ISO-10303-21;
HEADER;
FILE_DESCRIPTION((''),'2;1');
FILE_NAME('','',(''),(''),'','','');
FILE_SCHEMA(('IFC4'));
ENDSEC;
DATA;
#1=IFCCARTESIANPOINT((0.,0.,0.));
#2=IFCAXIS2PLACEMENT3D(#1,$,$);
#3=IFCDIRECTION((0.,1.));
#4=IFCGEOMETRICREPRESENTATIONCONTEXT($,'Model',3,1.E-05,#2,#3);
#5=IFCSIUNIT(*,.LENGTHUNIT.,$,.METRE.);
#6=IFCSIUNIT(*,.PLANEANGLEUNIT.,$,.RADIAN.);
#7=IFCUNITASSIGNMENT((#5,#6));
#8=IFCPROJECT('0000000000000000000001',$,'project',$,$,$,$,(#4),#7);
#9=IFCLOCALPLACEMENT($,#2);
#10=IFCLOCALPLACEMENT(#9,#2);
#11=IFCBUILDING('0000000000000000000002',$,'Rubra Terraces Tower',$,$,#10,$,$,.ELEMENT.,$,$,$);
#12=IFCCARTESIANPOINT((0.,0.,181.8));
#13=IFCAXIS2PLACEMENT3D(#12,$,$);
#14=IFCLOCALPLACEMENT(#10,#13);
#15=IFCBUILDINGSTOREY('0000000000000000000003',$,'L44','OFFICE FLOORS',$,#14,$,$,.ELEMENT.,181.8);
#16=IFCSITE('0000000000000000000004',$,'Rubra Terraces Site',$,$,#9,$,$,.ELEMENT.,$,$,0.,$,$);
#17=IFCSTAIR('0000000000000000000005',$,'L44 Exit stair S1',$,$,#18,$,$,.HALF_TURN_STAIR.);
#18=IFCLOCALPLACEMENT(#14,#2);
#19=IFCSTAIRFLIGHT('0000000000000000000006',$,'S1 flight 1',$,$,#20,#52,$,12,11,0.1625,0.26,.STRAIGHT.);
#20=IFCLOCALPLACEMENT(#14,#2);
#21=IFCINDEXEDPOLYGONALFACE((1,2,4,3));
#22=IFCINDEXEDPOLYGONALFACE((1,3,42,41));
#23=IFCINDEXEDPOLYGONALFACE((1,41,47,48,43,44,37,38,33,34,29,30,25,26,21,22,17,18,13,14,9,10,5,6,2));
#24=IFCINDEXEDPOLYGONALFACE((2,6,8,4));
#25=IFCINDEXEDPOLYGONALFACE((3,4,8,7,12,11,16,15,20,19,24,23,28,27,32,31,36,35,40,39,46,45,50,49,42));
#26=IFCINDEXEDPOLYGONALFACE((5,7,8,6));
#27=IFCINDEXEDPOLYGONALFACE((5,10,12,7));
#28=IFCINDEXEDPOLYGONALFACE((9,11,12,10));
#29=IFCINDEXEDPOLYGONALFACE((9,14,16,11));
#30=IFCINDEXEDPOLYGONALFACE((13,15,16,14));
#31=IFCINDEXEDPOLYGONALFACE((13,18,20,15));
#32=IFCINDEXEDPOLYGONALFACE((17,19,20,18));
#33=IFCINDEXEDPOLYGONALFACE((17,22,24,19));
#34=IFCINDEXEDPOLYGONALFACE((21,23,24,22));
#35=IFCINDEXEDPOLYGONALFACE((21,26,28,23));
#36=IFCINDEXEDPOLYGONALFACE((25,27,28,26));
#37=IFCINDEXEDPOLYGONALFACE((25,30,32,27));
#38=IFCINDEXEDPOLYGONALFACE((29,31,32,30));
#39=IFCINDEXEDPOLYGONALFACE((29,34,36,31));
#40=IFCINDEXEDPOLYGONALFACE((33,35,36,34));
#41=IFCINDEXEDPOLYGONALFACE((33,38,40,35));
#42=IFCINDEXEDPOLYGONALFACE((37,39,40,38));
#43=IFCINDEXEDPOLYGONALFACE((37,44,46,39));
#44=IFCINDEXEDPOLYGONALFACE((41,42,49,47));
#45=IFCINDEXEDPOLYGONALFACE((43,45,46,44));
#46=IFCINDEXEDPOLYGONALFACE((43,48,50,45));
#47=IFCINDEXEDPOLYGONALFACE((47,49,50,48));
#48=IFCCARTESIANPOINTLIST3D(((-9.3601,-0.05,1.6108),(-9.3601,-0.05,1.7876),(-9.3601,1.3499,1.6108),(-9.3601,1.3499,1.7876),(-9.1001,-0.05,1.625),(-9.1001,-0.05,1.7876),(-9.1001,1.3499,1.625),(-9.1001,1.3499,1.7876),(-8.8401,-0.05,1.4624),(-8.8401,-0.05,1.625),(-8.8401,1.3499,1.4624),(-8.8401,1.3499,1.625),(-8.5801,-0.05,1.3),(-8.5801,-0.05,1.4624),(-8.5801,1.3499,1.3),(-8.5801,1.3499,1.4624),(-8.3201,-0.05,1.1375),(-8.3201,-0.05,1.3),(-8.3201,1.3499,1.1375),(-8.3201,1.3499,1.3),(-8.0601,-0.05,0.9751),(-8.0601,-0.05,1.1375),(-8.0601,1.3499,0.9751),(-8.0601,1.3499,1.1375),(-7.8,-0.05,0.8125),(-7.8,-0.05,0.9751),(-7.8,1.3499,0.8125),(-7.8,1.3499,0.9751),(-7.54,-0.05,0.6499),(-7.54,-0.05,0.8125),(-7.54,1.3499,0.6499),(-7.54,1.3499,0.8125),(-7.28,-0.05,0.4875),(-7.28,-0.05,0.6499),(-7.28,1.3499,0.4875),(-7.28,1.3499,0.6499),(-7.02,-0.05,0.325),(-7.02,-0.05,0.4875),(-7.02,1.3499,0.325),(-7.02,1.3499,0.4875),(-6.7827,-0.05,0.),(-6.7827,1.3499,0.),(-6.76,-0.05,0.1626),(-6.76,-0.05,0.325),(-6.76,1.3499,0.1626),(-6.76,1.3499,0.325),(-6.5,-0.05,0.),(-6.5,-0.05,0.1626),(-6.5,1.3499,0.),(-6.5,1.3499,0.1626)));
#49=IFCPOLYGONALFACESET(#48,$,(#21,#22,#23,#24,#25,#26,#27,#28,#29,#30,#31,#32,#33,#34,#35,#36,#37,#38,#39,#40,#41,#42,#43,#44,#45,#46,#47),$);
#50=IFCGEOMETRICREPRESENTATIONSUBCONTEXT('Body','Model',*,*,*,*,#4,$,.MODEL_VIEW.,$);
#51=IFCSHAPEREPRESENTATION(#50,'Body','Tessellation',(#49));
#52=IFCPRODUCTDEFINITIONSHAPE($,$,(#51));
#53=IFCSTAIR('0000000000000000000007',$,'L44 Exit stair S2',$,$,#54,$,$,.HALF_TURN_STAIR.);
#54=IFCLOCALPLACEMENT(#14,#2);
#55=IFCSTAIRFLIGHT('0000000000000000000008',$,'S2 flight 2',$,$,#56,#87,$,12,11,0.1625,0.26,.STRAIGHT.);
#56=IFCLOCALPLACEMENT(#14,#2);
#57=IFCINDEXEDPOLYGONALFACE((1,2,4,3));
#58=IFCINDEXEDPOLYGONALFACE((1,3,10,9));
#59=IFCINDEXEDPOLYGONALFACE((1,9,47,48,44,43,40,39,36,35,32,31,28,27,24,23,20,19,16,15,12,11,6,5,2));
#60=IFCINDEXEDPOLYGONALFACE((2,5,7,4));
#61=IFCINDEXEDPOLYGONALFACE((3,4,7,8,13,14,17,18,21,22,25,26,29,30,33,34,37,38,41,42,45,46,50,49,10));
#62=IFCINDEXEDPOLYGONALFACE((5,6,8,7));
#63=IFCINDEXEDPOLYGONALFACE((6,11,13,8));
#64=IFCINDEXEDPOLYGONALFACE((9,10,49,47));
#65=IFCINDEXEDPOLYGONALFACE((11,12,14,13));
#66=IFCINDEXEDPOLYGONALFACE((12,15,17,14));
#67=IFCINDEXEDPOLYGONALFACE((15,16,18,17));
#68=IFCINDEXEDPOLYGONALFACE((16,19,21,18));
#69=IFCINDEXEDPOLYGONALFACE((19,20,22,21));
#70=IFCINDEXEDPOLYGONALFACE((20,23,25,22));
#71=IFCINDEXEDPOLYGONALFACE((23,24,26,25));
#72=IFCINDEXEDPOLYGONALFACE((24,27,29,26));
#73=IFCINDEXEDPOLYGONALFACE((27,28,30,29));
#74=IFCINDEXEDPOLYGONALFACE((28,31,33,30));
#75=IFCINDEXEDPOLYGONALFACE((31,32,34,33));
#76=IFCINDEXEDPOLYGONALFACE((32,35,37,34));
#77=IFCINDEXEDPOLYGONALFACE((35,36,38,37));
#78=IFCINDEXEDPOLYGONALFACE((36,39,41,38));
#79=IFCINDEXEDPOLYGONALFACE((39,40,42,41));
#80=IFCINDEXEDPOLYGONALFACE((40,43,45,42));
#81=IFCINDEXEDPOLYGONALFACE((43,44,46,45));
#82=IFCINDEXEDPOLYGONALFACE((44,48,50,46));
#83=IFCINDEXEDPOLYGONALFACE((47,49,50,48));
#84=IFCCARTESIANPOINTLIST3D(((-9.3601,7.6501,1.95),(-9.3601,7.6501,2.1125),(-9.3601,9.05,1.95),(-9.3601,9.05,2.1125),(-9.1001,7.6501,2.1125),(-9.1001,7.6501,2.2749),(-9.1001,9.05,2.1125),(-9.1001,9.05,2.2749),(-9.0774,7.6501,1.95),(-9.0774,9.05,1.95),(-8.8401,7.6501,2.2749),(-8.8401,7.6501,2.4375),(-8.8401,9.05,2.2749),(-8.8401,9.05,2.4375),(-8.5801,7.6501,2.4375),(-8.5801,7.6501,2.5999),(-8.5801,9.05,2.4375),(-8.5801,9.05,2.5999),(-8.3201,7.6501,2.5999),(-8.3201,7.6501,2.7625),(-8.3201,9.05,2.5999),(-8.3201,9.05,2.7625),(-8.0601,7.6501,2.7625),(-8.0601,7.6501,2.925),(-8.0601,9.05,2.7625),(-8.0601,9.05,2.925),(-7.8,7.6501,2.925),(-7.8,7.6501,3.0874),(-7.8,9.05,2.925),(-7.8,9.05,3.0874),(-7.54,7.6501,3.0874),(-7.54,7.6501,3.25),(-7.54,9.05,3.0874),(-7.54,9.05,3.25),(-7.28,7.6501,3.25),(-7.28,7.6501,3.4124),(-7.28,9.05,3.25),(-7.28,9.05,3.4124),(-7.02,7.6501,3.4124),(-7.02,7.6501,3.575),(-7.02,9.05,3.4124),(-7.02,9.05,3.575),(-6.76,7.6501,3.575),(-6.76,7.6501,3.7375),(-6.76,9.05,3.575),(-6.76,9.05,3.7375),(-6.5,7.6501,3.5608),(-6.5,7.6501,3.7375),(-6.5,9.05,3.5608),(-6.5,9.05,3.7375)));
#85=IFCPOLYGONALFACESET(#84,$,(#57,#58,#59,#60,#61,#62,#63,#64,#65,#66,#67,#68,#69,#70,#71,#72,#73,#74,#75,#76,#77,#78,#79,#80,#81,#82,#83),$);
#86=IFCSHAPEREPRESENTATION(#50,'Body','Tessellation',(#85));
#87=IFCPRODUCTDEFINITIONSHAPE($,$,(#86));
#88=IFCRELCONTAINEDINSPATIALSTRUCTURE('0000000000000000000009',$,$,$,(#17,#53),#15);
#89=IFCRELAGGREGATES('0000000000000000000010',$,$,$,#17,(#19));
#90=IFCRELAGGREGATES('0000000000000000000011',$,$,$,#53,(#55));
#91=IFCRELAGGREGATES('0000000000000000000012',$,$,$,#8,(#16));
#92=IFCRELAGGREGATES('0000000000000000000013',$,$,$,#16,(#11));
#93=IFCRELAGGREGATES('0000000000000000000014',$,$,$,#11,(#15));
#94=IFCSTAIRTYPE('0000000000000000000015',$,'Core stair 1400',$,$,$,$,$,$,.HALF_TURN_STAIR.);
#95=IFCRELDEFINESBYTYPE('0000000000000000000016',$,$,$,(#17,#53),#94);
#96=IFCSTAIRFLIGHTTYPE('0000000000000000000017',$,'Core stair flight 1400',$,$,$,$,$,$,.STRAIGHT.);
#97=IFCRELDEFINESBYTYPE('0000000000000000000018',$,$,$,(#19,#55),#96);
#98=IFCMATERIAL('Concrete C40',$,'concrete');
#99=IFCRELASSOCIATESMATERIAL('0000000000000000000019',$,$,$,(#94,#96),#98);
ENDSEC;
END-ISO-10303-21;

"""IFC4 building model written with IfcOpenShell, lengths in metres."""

from ifc_helpers import new_model, si_unit, direction, frame, origin, place, context, subcontext, project, spatial, polyline, outline, extrude, material, type_object, element, aggregate, save


model = new_model("IFC4")

# Units and contexts
model_context = context("Model", 3, precision=1e-05, world=origin(), true_north=direction((0.0, 1.0)))
body_context = subcontext(model_context, "Body", "Model", "MODEL_VIEW")
ifc_project = project(units=[si_unit("LENGTHUNIT", "METRE"), si_unit("PLANEANGLEUNIT", "RADIAN")], contexts=[model_context])

# Site, building, storey
site_placement = place(None, origin())
site = spatial("IfcSite", under=ifc_project, at=site_placement, Name="Rubra Terraces Site", CompositionType="ELEMENT", RefElevation=0.0)
building_placement = place(site_placement, origin())
building = spatial("IfcBuilding", under=site, at=building_placement, Name="Rubra Terraces Tower", CompositionType="ELEMENT")
storey_placement = place(building_placement, frame((0.0, 0.0, 181.8)))
storey = spatial("IfcBuildingStorey", under=building, at=storey_placement, Name="L44", Description="OFFICE FLOORS", CompositionType="ELEMENT", Elevation=181.8)

# Shared definitions
ifc_material_1 = material(Name="Concrete C40", Category="concrete")

# Stairs, stair flights
stair_type = type_object("IfcStairType", Name="Core stair 1400", PredefinedType="HALF_TURN_STAIR", material=ifc_material_1)
stair_1_placement = place(storey_placement, origin())
stair_1 = element("IfcStair", 1, at=stair_1_placement, inside=storey, type_object=stair_type, Name="L44 Exit stair S1", PredefinedType="HALF_TURN_STAIR")
stair_flight_type = type_object("IfcStairFlightType", Name="Core stair flight 1400", PredefinedType="STRAIGHT", material=ifc_material_1)
stair_flight_1_placement = place(storey_placement, frame((-6.5, 0.6499, 0.0), z_axis=(0.0, 0.0, 1.0), x_axis=(-1.0, 0.0, 0.0)))
stair_flight_1 = element("IfcStairFlight", 2, at=stair_flight_1_placement, type_object=stair_flight_type, Name="S1 flight 1", NumberOfRisers=12, NumberOfTreads=11, PredefinedType="STRAIGHT", RiserHeight=0.1625, TreadLength=0.26, context=body_context, shape_type="SweptSolid", body=[
    extrude(outline(polyline([(0.0, 0.0), (0.0, 0.1626), (0.26, 0.1626), (0.26, 0.325), (0.52, 0.325), (0.52, 0.4875), (0.78, 0.4875), (0.78, 0.6499), (1.04, 0.6499), (1.04, 0.8125), (1.3, 0.8125), (1.3, 0.9751), (1.5601, 0.9751), (1.5601, 1.1375), (1.8201, 1.1375), (1.8201, 1.3), (2.0801, 1.3), (2.0801, 1.4624), (2.3401, 1.4624), (2.3401, 1.625), (2.6001, 1.625), (2.6001, 1.7876), (2.8601, 1.7876), (2.8601, 1.95), (2.8601, 1.6108), (0.2827, 0.0), (0.0, 0.0)])), frame((0.0, 0.7, 0.0), z_axis=(0.0, -1.0, 0.0), x_axis=(1.0, 0.0, 0.0)), (0.0, 0.0, 1.0), 1.3999),
])
aggregate(stair_1, [stair_flight_1])
stair_2_placement = place(storey_placement, origin())
stair_2 = element("IfcStair", 3, at=stair_2_placement, inside=storey, type_object=stair_type, Name="L44 Exit stair S2", PredefinedType="HALF_TURN_STAIR")
stair_flight_2_placement = place(storey_placement, frame((-9.3601, 8.3501, 1.95), z_axis=(0.0, 0.0, 1.0), x_axis=(1.0, 0.0, 0.0)))
stair_flight_2 = element("IfcStairFlight", 4, at=stair_flight_2_placement, type_object=stair_flight_type, Name="S2 flight 2", NumberOfRisers=12, NumberOfTreads=11, PredefinedType="STRAIGHT", RiserHeight=0.1625, TreadLength=0.26, context=body_context, shape_type="SweptSolid", body=[
    extrude(outline(polyline([(0.0, 0.0), (0.0, 0.1626), (0.26, 0.1626), (0.26, 0.325), (0.52, 0.325), (0.52, 0.4875), (0.78, 0.4875), (0.78, 0.6499), (1.04, 0.6499), (1.04, 0.8125), (1.3, 0.8125), (1.3, 0.9751), (1.5601, 0.9751), (1.5601, 1.1375), (1.8201, 1.1375), (1.8201, 1.3), (2.0801, 1.3), (2.0801, 1.4624), (2.3401, 1.4624), (2.3401, 1.625), (2.6001, 1.625), (2.6001, 1.7876), (2.8601, 1.7876), (2.8601, 1.95), (2.8601, 1.6108), (0.2827, 0.0), (0.0, 0.0)])), frame((0.0, 0.7, 0.0), z_axis=(0.0, -1.0, 0.0), x_axis=(1.0, 0.0, 0.0)), (0.0, 0.0, 1.0), 1.3999),
])
aggregate(stair_2, [stair_flight_2])

save(model, "model.ifc")
